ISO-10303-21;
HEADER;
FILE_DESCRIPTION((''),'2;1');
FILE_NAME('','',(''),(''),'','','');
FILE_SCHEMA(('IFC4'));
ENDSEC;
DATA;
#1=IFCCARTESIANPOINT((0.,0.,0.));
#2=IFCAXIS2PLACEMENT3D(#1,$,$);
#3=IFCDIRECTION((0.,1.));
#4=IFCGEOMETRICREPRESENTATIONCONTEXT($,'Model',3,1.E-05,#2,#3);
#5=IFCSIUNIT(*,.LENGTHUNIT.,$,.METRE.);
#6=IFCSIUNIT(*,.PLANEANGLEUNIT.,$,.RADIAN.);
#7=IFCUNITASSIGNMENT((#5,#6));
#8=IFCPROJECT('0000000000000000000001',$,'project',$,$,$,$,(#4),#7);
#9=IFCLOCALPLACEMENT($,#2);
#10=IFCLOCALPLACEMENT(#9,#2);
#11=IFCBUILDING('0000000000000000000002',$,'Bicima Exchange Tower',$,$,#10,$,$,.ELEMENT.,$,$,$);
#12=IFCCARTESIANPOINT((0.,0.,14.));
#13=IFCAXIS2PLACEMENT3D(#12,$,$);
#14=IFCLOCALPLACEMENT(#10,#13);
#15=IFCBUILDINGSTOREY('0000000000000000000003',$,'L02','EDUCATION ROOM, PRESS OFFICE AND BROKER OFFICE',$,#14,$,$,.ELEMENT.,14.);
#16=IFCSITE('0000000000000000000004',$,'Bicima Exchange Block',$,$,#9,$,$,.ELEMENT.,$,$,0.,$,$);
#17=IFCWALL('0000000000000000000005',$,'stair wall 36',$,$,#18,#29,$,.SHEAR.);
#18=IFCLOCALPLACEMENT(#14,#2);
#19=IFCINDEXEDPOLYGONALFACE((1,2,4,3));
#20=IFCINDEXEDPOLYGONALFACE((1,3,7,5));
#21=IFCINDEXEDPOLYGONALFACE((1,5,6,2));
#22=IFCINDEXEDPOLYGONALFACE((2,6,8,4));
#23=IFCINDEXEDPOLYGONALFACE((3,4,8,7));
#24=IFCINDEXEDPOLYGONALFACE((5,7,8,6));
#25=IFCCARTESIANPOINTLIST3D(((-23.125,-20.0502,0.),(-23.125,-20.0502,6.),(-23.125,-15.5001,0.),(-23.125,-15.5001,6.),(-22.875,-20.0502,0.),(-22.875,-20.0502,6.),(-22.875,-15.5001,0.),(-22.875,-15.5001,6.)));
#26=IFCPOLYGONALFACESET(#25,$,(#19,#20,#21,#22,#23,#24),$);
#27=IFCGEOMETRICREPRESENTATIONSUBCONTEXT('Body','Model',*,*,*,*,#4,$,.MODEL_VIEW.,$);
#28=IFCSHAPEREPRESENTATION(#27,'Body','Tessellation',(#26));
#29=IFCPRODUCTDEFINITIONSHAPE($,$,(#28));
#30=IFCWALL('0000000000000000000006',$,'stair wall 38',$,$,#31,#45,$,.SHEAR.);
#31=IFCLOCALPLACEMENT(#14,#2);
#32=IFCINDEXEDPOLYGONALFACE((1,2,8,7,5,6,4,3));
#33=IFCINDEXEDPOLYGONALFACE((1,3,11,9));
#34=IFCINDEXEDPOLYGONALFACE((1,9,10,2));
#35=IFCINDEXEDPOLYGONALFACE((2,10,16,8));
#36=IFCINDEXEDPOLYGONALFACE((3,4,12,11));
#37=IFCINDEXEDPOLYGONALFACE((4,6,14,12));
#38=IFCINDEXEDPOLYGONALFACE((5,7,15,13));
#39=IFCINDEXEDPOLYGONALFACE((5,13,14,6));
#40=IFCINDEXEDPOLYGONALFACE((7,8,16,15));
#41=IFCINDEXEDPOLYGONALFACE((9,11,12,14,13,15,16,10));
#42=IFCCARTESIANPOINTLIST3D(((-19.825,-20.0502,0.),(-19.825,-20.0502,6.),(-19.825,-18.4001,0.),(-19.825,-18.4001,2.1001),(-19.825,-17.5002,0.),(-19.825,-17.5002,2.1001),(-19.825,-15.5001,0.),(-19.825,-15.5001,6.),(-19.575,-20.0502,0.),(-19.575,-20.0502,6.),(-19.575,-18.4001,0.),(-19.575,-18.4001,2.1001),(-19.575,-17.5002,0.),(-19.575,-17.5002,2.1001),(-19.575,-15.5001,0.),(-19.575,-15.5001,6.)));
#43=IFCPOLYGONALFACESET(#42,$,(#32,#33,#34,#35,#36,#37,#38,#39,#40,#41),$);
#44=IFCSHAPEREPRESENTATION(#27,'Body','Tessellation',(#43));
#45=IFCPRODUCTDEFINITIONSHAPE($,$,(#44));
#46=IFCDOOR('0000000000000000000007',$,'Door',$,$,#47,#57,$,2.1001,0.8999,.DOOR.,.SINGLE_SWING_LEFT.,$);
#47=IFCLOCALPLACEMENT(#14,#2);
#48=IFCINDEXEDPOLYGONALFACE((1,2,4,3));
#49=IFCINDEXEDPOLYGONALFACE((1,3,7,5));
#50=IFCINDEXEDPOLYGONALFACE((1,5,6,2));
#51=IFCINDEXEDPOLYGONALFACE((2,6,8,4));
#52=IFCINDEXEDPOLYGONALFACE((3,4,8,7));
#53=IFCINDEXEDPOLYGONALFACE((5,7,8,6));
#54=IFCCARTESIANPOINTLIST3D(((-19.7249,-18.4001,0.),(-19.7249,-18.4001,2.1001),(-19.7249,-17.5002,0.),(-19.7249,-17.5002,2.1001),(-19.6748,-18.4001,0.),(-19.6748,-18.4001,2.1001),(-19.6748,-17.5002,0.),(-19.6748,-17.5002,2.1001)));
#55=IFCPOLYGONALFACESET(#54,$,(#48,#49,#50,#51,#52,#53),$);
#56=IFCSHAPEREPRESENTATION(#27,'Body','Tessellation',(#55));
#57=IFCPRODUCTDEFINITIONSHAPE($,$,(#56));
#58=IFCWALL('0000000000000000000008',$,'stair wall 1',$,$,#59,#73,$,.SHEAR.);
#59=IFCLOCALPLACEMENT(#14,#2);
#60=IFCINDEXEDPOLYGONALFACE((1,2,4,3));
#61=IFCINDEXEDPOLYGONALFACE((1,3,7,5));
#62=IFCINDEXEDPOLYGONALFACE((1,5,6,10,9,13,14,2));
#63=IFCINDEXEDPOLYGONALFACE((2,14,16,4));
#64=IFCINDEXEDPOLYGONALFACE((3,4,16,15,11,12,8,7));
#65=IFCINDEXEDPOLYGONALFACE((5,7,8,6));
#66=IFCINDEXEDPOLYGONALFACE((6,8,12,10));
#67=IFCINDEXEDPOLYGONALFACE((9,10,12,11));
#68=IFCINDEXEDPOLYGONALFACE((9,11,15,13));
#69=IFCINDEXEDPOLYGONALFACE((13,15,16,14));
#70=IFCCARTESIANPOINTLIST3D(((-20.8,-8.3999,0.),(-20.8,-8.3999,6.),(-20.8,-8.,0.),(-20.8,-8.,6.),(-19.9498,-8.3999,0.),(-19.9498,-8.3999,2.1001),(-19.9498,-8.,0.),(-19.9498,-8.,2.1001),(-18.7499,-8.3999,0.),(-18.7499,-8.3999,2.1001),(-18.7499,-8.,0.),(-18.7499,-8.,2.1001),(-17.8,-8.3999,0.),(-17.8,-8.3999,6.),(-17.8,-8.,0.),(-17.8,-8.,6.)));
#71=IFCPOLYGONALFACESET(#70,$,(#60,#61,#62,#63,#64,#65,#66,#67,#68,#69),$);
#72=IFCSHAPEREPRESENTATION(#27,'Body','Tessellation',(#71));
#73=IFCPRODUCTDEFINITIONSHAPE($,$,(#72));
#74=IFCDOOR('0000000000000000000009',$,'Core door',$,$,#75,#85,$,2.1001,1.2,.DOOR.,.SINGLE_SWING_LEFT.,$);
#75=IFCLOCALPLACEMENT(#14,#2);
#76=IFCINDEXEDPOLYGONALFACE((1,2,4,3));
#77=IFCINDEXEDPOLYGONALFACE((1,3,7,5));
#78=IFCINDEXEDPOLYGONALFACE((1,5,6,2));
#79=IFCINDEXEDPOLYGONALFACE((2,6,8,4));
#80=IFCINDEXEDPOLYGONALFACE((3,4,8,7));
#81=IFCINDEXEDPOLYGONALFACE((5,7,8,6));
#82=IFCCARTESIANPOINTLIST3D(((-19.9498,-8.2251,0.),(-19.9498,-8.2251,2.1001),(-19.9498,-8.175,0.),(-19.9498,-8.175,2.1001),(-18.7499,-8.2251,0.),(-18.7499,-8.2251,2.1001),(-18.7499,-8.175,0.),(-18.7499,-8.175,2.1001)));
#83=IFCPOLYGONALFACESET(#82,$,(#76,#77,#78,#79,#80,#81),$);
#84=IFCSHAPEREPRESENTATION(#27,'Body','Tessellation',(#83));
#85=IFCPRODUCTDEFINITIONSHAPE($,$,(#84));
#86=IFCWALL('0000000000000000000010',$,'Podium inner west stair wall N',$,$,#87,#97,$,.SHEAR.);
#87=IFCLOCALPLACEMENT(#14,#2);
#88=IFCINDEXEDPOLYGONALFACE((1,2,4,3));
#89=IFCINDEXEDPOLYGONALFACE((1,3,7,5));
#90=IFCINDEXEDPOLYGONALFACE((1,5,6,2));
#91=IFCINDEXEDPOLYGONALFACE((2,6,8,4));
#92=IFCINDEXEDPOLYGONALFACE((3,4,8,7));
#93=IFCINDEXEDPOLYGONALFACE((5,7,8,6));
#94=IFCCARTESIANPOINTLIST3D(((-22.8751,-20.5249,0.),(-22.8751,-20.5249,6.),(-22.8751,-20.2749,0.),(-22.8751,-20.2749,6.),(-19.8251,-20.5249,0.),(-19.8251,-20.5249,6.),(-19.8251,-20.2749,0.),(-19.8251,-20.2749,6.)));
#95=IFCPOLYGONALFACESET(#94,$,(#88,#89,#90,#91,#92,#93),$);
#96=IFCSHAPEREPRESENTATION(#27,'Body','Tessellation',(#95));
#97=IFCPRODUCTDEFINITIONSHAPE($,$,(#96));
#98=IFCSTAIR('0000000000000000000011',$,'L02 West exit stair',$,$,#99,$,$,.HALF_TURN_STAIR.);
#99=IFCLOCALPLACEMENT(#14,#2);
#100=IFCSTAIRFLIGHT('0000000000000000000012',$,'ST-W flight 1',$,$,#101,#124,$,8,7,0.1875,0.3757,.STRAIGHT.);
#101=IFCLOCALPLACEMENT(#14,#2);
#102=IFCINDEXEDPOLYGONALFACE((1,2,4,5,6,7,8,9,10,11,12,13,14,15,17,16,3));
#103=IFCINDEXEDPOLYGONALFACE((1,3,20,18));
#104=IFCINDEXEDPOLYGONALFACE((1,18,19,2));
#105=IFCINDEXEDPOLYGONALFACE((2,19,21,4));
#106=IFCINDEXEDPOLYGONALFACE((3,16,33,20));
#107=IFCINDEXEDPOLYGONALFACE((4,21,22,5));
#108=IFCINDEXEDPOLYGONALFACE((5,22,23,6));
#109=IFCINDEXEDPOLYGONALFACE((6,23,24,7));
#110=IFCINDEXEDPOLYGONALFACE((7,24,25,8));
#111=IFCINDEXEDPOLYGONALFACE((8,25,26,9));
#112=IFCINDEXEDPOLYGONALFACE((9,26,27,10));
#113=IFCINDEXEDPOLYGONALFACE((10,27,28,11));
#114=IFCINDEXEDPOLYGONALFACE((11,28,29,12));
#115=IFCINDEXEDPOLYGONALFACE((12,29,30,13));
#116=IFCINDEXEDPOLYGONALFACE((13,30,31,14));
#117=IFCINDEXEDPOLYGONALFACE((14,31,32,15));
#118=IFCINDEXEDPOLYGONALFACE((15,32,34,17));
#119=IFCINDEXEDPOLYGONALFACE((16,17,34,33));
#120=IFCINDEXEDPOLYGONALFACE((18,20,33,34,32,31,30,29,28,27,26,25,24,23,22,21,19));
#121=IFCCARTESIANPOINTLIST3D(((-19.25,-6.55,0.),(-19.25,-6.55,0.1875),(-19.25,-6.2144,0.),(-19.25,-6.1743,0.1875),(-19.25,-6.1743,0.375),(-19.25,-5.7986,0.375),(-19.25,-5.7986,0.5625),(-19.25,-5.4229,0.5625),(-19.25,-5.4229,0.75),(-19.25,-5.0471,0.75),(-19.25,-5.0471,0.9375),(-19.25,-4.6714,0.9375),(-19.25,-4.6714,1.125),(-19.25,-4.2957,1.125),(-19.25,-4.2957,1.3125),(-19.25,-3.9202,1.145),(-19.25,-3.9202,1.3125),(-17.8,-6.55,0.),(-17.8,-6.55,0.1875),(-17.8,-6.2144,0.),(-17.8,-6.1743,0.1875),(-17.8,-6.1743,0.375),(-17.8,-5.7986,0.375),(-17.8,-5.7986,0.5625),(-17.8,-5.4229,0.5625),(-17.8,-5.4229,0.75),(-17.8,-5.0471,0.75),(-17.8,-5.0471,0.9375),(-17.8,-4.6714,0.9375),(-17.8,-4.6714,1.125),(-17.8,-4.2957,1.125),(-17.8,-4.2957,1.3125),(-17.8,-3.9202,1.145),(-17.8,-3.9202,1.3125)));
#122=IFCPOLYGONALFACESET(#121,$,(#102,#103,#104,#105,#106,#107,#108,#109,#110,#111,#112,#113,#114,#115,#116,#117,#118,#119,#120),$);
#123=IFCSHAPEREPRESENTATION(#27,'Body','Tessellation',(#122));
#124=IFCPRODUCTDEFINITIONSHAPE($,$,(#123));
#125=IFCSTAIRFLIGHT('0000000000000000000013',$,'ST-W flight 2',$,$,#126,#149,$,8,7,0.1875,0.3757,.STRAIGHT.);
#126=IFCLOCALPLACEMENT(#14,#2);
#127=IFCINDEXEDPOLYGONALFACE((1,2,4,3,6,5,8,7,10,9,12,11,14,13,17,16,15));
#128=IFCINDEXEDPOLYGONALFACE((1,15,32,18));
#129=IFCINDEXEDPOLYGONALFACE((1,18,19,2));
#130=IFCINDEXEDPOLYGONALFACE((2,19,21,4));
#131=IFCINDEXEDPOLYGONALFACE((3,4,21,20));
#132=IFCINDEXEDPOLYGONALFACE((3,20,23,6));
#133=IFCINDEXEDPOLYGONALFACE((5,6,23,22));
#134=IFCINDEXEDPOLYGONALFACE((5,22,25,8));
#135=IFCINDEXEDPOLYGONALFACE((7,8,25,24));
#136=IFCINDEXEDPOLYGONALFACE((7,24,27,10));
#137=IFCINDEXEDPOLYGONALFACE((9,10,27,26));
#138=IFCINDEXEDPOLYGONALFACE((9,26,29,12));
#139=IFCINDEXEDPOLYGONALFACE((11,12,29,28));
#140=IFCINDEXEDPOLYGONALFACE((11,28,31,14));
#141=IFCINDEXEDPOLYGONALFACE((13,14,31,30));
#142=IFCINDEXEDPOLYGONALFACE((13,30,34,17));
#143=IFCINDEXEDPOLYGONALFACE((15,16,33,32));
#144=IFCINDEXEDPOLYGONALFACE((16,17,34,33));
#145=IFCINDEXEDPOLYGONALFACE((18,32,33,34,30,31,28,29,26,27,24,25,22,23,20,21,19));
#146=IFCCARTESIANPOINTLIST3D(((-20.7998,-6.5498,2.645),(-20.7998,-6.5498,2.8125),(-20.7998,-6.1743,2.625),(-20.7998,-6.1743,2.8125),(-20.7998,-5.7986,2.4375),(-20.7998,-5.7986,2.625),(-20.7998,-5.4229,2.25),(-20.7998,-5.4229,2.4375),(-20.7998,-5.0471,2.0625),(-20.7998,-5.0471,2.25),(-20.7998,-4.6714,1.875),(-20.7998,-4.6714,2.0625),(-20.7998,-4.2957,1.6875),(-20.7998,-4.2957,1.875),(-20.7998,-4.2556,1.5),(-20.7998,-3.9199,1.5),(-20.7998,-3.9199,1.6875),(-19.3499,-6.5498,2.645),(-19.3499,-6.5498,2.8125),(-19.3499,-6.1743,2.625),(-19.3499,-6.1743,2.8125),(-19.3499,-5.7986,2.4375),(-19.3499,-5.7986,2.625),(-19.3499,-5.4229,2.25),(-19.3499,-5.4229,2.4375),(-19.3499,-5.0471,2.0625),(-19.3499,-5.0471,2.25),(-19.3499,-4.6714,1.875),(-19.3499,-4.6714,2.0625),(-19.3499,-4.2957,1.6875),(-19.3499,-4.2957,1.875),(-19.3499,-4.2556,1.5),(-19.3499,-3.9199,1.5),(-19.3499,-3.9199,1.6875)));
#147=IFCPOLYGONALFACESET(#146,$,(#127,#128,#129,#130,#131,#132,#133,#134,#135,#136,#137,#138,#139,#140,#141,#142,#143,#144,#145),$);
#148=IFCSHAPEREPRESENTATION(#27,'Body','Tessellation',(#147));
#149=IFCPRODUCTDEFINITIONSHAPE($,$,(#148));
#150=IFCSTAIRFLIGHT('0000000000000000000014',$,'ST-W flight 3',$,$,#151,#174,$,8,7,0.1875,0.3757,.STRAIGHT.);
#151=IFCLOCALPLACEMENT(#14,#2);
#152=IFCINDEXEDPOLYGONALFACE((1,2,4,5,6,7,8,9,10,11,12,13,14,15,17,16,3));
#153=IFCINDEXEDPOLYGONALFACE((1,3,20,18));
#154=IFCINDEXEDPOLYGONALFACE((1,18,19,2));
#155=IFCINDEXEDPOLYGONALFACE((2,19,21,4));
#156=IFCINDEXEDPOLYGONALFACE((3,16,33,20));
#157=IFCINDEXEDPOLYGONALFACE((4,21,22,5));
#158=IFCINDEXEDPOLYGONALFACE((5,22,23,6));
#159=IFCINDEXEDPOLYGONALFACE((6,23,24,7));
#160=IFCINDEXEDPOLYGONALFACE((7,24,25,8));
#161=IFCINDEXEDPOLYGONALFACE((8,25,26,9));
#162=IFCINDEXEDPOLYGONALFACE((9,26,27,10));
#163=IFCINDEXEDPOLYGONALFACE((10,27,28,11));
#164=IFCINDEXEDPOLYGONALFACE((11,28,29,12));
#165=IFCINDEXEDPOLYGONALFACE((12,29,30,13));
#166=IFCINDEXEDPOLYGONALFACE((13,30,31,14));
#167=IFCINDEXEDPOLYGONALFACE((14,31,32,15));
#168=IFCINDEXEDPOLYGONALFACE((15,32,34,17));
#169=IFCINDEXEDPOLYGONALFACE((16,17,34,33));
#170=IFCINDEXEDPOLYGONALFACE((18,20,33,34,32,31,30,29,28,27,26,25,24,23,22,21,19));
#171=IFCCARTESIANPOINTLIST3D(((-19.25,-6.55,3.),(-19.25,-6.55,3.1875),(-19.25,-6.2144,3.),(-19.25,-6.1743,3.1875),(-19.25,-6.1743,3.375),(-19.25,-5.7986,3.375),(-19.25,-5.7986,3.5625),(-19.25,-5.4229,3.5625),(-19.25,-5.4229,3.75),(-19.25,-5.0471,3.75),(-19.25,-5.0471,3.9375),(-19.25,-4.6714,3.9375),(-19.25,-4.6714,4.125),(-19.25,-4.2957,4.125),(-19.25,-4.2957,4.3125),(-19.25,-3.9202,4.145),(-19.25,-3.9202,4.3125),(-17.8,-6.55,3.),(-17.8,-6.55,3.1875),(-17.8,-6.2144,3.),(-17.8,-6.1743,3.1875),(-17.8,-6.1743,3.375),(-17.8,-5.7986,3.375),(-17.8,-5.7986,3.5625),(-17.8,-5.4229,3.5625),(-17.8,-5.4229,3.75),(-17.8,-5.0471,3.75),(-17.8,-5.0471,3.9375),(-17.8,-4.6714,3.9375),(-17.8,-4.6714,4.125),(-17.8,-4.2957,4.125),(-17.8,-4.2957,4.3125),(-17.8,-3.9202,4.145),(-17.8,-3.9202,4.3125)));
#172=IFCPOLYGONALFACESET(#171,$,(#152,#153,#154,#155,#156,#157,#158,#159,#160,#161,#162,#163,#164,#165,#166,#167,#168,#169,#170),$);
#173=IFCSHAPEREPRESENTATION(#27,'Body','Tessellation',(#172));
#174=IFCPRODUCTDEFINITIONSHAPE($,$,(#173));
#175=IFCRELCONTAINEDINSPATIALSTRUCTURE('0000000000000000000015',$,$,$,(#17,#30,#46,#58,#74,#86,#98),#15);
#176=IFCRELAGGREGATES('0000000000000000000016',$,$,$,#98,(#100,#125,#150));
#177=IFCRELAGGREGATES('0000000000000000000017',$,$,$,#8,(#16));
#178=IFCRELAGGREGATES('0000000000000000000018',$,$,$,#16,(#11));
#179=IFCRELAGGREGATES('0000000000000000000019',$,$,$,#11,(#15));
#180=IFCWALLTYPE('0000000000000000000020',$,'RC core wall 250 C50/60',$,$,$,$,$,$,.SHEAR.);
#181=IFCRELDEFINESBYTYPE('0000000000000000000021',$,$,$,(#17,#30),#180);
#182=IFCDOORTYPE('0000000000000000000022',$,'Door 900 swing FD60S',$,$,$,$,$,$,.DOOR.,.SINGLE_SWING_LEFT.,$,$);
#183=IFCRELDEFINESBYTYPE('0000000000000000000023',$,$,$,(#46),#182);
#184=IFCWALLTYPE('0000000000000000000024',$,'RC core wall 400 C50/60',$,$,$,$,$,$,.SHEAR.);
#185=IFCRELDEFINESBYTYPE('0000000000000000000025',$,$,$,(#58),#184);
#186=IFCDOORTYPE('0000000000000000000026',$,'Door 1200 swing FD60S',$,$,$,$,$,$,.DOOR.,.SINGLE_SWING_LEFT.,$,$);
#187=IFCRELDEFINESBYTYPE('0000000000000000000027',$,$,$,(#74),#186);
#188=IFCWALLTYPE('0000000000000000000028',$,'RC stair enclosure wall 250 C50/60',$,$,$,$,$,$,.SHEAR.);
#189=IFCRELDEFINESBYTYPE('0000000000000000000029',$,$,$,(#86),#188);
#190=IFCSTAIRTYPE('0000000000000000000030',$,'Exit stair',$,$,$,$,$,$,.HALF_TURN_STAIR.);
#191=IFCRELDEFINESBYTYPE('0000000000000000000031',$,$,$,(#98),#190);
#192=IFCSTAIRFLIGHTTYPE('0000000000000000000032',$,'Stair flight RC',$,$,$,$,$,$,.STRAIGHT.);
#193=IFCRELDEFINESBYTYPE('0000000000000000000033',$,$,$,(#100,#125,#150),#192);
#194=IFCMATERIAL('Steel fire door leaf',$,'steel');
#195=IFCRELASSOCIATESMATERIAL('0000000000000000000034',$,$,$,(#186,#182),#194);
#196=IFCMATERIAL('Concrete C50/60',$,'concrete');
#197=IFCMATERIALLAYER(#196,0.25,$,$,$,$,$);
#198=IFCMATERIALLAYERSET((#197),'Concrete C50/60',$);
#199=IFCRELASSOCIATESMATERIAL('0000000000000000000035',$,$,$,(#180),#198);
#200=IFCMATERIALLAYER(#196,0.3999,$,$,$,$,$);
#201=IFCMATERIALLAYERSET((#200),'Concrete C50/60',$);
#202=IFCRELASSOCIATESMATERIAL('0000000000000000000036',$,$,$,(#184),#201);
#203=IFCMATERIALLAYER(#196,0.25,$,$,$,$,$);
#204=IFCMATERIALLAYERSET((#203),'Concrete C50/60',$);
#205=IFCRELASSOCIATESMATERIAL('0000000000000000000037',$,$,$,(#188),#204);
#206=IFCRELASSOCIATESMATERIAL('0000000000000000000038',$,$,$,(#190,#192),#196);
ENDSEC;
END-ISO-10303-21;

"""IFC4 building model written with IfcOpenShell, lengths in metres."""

from ifc_helpers import new_model, si_unit, direction, frame, frame_2d, origin, place, context, subcontext, project, spatial, polyline, rectangle, outline, extrude, material, layer, layer_set, type_object, element, fill, aggregate, save


model = new_model("IFC4")

# Units and contexts
model_context = context("Model", 3, precision=1e-05, world=origin(), true_north=direction((0.0, 1.0)))
body_context = subcontext(model_context, "Body", "Model", "MODEL_VIEW")
ifc_project = project(units=[si_unit("LENGTHUNIT", "METRE"), si_unit("PLANEANGLEUNIT", "RADIAN")], contexts=[model_context])

# Site, building, storey
site_placement = place(None, origin())
site = spatial("IfcSite", under=ifc_project, at=site_placement, Name="Bicima Exchange Block", CompositionType="ELEMENT", RefElevation=0.0)
building_placement = place(site_placement, origin())
building = spatial("IfcBuilding", under=site, at=building_placement, Name="Bicima Exchange Tower", CompositionType="ELEMENT")
storey_placement = place(building_placement, frame((0.0, 0.0, 14.0)))
storey = spatial("IfcBuildingStorey", under=building, at=storey_placement, Name="L02", Description="EDUCATION ROOM, PRESS OFFICE AND BROKER OFFICE", CompositionType="ELEMENT", Elevation=14.0)

# Shared definitions
ifc_material_1 = material(Name="Steel fire door leaf", Category="steel")
door_type_1 = type_object("IfcDoorType", Name="Door 1200 swing FD60S", OperationType="SINGLE_SWING_LEFT", PredefinedType="DOOR", material=ifc_material_1)

# Wall
ifc_material_2 = material(Name="Concrete C50/60", Category="concrete")
ifc_layer_1 = layer(ifc_material_2, 0.25)
ifc_layer_set_1 = layer_set([ifc_layer_1], Name="Concrete C50/60")
wall_type_1 = type_object("IfcWallType", Name="RC core wall 250 C50/60", PredefinedType="SHEAR", material=ifc_layer_set_1)
wall_1_placement = place(storey_placement, frame((-23.0, -20.05, 0.0), z_axis=(0.0, 0.0, 1.0), x_axis=(0.0, 1.0, 0.0)))
element("IfcWall", 1, at=wall_1_placement, inside=storey, type_object=wall_type_1, Name="stair wall 36", PredefinedType="SHEAR", context=body_context, shape_type="SweptSolid", body=[
    extrude(rectangle(XDim=4.55, YDim=0.25, at=frame_2d((2.2749, 0.0))), origin(), (0.0, 0.0, 1.0), 6.0),
])

# Walls, openings, doors
wall_2_placement = place(storey_placement, frame((-19.7, -20.05, 0.0), z_axis=(0.0, 0.0, 1.0), x_axis=(0.0, 1.0, 0.0)))
wall_2 = element("IfcWall", 2, at=wall_2_placement, inside=storey, type_object=wall_type_1, Name="stair wall 38", PredefinedType="SHEAR", context=body_context, shape_type="SweptSolid", body=[
    extrude(rectangle(XDim=4.55, YDim=0.25, at=frame_2d((2.2749, 0.0))), origin(), (0.0, 0.0, 1.0), 6.0),
])
opening_1_placement = place(wall_2_placement, frame((1.6499, 0.0, 0.0)))
opening_1 = element("IfcOpeningElement", 3, at=opening_1_placement, cuts=wall_2, PredefinedType="OPENING", context=body_context, shape_type="SweptSolid", body=[
    extrude(rectangle(XDim=0.8999, YDim=2.1001, at=frame_2d((0.45, 1.05))), frame((0.0, 0.137, 0.0), z_axis=(0.0, -1.0, 0.0), x_axis=(1.0, 0.0, 0.0)), (0.0, 0.0, 1.0), 0.2739),
])
door_type_2 = type_object("IfcDoorType", Name="Door 900 swing FD60S", OperationType="SINGLE_SWING_LEFT", PredefinedType="DOOR", material=ifc_material_1)
door_1_placement = place(opening_1_placement, origin())
door_1 = element("IfcDoor", 4, at=door_1_placement, inside=storey, type_object=door_type_2, Name="Door", OperationType="SINGLE_SWING_LEFT", OverallHeight=2.1001, OverallWidth=0.8999, PredefinedType="DOOR", context=body_context, shape_type="SweptSolid", body=[
    extrude(rectangle(XDim=0.8999, YDim=2.1001, at=frame_2d((0.45, 1.05))), frame((0.0, 0.0249, 0.0), z_axis=(0.0, -1.0, 0.0), x_axis=(1.0, 0.0, 0.0)), (0.0, 0.0, 1.0), 0.05),
])
fill(opening_1, door_1)
ifc_layer_2 = layer(ifc_material_2, 0.3999)
ifc_layer_set_2 = layer_set([ifc_layer_2], Name="Concrete C50/60")
wall_type_2 = type_object("IfcWallType", Name="RC core wall 400 C50/60", PredefinedType="SHEAR", material=ifc_layer_set_2)
wall_3_placement = place(storey_placement, frame((-20.8, -8.2, 0.0), z_axis=(0.0, 0.0, 1.0), x_axis=(1.0, 0.0, 0.0)))
wall_3 = element("IfcWall", 5, at=wall_3_placement, inside=storey, type_object=wall_type_2, Name="stair wall 1", PredefinedType="SHEAR", context=body_context, shape_type="SweptSolid", body=[
    extrude(rectangle(XDim=3.0, YDim=0.3999, at=frame_2d((1.5, 0.0))), origin(), (0.0, 0.0, 1.0), 6.0),
])
opening_2_placement = place(wall_3_placement, frame((0.8501, 0.0, 0.0)))
opening_2 = element("IfcOpeningElement", 6, at=opening_2_placement, cuts=wall_3, PredefinedType="OPENING", context=body_context, shape_type="SweptSolid", body=[
    extrude(rectangle(XDim=1.2, YDim=2.1001, at=frame_2d((0.6001, 1.05))), frame((0.0, 0.2119, 0.0), z_axis=(0.0, -1.0, 0.0), x_axis=(1.0, 0.0, 0.0)), (0.0, 0.0, 1.0), 0.4238),
])
door_2_placement = place(opening_2_placement, origin())
door_2 = element("IfcDoor", 7, at=door_2_placement, inside=storey, type_object=door_type_1, Name="Core door", OperationType="SINGLE_SWING_LEFT", OverallHeight=2.1001, OverallWidth=1.2, PredefinedType="DOOR", context=body_context, shape_type="SweptSolid", body=[
    extrude(rectangle(XDim=1.2, YDim=2.1001, at=frame_2d((0.6001, 1.05))), frame((0.0, 0.0249, 0.0), z_axis=(0.0, -1.0, 0.0), x_axis=(1.0, 0.0, 0.0)), (0.0, 0.0, 1.0), 0.05),
])
fill(opening_2, door_2)

# Wall
ifc_layer_3 = layer(ifc_material_2, 0.25)
ifc_layer_set_3 = layer_set([ifc_layer_3], Name="Concrete C50/60")
wall_type_3 = type_object("IfcWallType", Name="RC stair enclosure wall 250 C50/60", PredefinedType="SHEAR", material=ifc_layer_set_3)
wall_4_placement = place(storey_placement, frame((-22.875, -20.3999, 0.0), z_axis=(0.0, 0.0, 1.0), x_axis=(1.0, 0.0, 0.0)))
element("IfcWall", 8, at=wall_4_placement, inside=storey, type_object=wall_type_3, Name="Podium inner west stair wall N", PredefinedType="SHEAR", context=body_context, shape_type="SweptSolid", body=[
    extrude(rectangle(XDim=3.05, YDim=0.25, at=frame_2d((1.5249, 0.0))), origin(), (0.0, 0.0, 1.0), 6.0),
])

# Stair, stair flights
stair_type = type_object("IfcStairType", Name="Exit stair", PredefinedType="HALF_TURN_STAIR", material=ifc_material_2)
stair_placement = place(storey_placement, origin())
stair = element("IfcStair", 9, at=stair_placement, inside=storey, type_object=stair_type, Name="L02 West exit stair", PredefinedType="HALF_TURN_STAIR")
stair_flight_type = type_object("IfcStairFlightType", Name="Stair flight RC", PredefinedType="STRAIGHT", material=ifc_material_2)
stair_flight_1_placement = place(storey_placement, frame((-18.5249, -6.55, 0.0), z_axis=(0.0, 0.0, 1.0), x_axis=(0.0, 1.0, 0.0)))
stair_flight_1 = element("IfcStairFlight", 10, at=stair_flight_1_placement, type_object=stair_flight_type, Name="ST-W flight 1", NumberOfRisers=8, NumberOfTreads=7, PredefinedType="STRAIGHT", RiserHeight=0.1875, TreadLength=0.3757, context=body_context, shape_type="SweptSolid", body=[
    extrude(outline(polyline([(0.0, 0.0), (0.0, 0.1875), (0.3757, 0.1875), (0.3757, 0.375), (0.7515, 0.375), (0.7515, 0.5625), (1.1272, 0.5625), (1.1272, 0.75), (1.5029, 0.75), (1.5029, 0.9375), (1.8787, 0.9375), (1.8787, 1.125), (2.2544, 1.125), (2.2544, 1.3125), (2.6299, 1.3125), (2.6299, 1.5), (2.6299, 1.145), (0.3357, 0.0), (0.0, 0.0)])), frame((0.0, 0.7251, 0.0), z_axis=(0.0, -1.0, 0.0), x_axis=(1.0, 0.0, 0.0)), (0.0, 0.0, 1.0), 1.45),
])
stair_flight_2_placement = place(storey_placement, frame((-20.075, -3.9199, 1.5), z_axis=(0.0, 0.0, 1.0), x_axis=(0.0, -1.0, 0.0)))
stair_flight_2 = element("IfcStairFlight", 11, at=stair_flight_2_placement, type_object=stair_flight_type, Name="ST-W flight 2", NumberOfRisers=8, NumberOfTreads=7, PredefinedType="STRAIGHT", RiserHeight=0.1875, TreadLength=0.3757, context=body_context, shape_type="SweptSolid", body=[
    extrude(outline(polyline([(0.0, 0.0), (0.0, 0.1875), (0.3757, 0.1875), (0.3757, 0.375), (0.7515, 0.375), (0.7515, 0.5625), (1.1272, 0.5625), (1.1272, 0.75), (1.5029, 0.75), (1.5029, 0.9375), (1.8787, 0.9375), (1.8787, 1.125), (2.2544, 1.125), (2.2544, 1.3125), (2.6299, 1.3125), (2.6299, 1.5), (2.6299, 1.145), (0.3357, 0.0), (0.0, 0.0)])), frame((0.0, 0.7251, 0.0), z_axis=(0.0, -1.0, 0.0), x_axis=(1.0, 0.0, 0.0)), (0.0, 0.0, 1.0), 1.45),
])
stair_flight_3_placement = place(storey_placement, frame((-18.5249, -6.55, 3.0), z_axis=(0.0, 0.0, 1.0), x_axis=(0.0, 1.0, 0.0)))
stair_flight_3 = element("IfcStairFlight", 12, at=stair_flight_3_placement, type_object=stair_flight_type, Name="ST-W flight 3", NumberOfRisers=8, NumberOfTreads=7, PredefinedType="STRAIGHT", RiserHeight=0.1875, TreadLength=0.3757, context=body_context, shape_type="SweptSolid", body=[
    extrude(outline(polyline([(0.0, 0.0), (0.0, 0.1875), (0.3757, 0.1875), (0.3757, 0.375), (0.7515, 0.375), (0.7515, 0.5625), (1.1272, 0.5625), (1.1272, 0.75), (1.5029, 0.75), (1.5029, 0.9375), (1.8787, 0.9375), (1.8787, 1.125), (2.2544, 1.125), (2.2544, 1.3125), (2.6299, 1.3125), (2.6299, 1.5), (2.6299, 1.145), (0.3357, 0.0), (0.0, 0.0)])), frame((0.0, 0.7251, 0.0), z_axis=(0.0, -1.0, 0.0), x_axis=(1.0, 0.0, 0.0)), (0.0, 0.0, 1.0), 1.45),
])
aggregate(stair, [stair_flight_1, stair_flight_2, stair_flight_3])

save(model, "model.ifc")
